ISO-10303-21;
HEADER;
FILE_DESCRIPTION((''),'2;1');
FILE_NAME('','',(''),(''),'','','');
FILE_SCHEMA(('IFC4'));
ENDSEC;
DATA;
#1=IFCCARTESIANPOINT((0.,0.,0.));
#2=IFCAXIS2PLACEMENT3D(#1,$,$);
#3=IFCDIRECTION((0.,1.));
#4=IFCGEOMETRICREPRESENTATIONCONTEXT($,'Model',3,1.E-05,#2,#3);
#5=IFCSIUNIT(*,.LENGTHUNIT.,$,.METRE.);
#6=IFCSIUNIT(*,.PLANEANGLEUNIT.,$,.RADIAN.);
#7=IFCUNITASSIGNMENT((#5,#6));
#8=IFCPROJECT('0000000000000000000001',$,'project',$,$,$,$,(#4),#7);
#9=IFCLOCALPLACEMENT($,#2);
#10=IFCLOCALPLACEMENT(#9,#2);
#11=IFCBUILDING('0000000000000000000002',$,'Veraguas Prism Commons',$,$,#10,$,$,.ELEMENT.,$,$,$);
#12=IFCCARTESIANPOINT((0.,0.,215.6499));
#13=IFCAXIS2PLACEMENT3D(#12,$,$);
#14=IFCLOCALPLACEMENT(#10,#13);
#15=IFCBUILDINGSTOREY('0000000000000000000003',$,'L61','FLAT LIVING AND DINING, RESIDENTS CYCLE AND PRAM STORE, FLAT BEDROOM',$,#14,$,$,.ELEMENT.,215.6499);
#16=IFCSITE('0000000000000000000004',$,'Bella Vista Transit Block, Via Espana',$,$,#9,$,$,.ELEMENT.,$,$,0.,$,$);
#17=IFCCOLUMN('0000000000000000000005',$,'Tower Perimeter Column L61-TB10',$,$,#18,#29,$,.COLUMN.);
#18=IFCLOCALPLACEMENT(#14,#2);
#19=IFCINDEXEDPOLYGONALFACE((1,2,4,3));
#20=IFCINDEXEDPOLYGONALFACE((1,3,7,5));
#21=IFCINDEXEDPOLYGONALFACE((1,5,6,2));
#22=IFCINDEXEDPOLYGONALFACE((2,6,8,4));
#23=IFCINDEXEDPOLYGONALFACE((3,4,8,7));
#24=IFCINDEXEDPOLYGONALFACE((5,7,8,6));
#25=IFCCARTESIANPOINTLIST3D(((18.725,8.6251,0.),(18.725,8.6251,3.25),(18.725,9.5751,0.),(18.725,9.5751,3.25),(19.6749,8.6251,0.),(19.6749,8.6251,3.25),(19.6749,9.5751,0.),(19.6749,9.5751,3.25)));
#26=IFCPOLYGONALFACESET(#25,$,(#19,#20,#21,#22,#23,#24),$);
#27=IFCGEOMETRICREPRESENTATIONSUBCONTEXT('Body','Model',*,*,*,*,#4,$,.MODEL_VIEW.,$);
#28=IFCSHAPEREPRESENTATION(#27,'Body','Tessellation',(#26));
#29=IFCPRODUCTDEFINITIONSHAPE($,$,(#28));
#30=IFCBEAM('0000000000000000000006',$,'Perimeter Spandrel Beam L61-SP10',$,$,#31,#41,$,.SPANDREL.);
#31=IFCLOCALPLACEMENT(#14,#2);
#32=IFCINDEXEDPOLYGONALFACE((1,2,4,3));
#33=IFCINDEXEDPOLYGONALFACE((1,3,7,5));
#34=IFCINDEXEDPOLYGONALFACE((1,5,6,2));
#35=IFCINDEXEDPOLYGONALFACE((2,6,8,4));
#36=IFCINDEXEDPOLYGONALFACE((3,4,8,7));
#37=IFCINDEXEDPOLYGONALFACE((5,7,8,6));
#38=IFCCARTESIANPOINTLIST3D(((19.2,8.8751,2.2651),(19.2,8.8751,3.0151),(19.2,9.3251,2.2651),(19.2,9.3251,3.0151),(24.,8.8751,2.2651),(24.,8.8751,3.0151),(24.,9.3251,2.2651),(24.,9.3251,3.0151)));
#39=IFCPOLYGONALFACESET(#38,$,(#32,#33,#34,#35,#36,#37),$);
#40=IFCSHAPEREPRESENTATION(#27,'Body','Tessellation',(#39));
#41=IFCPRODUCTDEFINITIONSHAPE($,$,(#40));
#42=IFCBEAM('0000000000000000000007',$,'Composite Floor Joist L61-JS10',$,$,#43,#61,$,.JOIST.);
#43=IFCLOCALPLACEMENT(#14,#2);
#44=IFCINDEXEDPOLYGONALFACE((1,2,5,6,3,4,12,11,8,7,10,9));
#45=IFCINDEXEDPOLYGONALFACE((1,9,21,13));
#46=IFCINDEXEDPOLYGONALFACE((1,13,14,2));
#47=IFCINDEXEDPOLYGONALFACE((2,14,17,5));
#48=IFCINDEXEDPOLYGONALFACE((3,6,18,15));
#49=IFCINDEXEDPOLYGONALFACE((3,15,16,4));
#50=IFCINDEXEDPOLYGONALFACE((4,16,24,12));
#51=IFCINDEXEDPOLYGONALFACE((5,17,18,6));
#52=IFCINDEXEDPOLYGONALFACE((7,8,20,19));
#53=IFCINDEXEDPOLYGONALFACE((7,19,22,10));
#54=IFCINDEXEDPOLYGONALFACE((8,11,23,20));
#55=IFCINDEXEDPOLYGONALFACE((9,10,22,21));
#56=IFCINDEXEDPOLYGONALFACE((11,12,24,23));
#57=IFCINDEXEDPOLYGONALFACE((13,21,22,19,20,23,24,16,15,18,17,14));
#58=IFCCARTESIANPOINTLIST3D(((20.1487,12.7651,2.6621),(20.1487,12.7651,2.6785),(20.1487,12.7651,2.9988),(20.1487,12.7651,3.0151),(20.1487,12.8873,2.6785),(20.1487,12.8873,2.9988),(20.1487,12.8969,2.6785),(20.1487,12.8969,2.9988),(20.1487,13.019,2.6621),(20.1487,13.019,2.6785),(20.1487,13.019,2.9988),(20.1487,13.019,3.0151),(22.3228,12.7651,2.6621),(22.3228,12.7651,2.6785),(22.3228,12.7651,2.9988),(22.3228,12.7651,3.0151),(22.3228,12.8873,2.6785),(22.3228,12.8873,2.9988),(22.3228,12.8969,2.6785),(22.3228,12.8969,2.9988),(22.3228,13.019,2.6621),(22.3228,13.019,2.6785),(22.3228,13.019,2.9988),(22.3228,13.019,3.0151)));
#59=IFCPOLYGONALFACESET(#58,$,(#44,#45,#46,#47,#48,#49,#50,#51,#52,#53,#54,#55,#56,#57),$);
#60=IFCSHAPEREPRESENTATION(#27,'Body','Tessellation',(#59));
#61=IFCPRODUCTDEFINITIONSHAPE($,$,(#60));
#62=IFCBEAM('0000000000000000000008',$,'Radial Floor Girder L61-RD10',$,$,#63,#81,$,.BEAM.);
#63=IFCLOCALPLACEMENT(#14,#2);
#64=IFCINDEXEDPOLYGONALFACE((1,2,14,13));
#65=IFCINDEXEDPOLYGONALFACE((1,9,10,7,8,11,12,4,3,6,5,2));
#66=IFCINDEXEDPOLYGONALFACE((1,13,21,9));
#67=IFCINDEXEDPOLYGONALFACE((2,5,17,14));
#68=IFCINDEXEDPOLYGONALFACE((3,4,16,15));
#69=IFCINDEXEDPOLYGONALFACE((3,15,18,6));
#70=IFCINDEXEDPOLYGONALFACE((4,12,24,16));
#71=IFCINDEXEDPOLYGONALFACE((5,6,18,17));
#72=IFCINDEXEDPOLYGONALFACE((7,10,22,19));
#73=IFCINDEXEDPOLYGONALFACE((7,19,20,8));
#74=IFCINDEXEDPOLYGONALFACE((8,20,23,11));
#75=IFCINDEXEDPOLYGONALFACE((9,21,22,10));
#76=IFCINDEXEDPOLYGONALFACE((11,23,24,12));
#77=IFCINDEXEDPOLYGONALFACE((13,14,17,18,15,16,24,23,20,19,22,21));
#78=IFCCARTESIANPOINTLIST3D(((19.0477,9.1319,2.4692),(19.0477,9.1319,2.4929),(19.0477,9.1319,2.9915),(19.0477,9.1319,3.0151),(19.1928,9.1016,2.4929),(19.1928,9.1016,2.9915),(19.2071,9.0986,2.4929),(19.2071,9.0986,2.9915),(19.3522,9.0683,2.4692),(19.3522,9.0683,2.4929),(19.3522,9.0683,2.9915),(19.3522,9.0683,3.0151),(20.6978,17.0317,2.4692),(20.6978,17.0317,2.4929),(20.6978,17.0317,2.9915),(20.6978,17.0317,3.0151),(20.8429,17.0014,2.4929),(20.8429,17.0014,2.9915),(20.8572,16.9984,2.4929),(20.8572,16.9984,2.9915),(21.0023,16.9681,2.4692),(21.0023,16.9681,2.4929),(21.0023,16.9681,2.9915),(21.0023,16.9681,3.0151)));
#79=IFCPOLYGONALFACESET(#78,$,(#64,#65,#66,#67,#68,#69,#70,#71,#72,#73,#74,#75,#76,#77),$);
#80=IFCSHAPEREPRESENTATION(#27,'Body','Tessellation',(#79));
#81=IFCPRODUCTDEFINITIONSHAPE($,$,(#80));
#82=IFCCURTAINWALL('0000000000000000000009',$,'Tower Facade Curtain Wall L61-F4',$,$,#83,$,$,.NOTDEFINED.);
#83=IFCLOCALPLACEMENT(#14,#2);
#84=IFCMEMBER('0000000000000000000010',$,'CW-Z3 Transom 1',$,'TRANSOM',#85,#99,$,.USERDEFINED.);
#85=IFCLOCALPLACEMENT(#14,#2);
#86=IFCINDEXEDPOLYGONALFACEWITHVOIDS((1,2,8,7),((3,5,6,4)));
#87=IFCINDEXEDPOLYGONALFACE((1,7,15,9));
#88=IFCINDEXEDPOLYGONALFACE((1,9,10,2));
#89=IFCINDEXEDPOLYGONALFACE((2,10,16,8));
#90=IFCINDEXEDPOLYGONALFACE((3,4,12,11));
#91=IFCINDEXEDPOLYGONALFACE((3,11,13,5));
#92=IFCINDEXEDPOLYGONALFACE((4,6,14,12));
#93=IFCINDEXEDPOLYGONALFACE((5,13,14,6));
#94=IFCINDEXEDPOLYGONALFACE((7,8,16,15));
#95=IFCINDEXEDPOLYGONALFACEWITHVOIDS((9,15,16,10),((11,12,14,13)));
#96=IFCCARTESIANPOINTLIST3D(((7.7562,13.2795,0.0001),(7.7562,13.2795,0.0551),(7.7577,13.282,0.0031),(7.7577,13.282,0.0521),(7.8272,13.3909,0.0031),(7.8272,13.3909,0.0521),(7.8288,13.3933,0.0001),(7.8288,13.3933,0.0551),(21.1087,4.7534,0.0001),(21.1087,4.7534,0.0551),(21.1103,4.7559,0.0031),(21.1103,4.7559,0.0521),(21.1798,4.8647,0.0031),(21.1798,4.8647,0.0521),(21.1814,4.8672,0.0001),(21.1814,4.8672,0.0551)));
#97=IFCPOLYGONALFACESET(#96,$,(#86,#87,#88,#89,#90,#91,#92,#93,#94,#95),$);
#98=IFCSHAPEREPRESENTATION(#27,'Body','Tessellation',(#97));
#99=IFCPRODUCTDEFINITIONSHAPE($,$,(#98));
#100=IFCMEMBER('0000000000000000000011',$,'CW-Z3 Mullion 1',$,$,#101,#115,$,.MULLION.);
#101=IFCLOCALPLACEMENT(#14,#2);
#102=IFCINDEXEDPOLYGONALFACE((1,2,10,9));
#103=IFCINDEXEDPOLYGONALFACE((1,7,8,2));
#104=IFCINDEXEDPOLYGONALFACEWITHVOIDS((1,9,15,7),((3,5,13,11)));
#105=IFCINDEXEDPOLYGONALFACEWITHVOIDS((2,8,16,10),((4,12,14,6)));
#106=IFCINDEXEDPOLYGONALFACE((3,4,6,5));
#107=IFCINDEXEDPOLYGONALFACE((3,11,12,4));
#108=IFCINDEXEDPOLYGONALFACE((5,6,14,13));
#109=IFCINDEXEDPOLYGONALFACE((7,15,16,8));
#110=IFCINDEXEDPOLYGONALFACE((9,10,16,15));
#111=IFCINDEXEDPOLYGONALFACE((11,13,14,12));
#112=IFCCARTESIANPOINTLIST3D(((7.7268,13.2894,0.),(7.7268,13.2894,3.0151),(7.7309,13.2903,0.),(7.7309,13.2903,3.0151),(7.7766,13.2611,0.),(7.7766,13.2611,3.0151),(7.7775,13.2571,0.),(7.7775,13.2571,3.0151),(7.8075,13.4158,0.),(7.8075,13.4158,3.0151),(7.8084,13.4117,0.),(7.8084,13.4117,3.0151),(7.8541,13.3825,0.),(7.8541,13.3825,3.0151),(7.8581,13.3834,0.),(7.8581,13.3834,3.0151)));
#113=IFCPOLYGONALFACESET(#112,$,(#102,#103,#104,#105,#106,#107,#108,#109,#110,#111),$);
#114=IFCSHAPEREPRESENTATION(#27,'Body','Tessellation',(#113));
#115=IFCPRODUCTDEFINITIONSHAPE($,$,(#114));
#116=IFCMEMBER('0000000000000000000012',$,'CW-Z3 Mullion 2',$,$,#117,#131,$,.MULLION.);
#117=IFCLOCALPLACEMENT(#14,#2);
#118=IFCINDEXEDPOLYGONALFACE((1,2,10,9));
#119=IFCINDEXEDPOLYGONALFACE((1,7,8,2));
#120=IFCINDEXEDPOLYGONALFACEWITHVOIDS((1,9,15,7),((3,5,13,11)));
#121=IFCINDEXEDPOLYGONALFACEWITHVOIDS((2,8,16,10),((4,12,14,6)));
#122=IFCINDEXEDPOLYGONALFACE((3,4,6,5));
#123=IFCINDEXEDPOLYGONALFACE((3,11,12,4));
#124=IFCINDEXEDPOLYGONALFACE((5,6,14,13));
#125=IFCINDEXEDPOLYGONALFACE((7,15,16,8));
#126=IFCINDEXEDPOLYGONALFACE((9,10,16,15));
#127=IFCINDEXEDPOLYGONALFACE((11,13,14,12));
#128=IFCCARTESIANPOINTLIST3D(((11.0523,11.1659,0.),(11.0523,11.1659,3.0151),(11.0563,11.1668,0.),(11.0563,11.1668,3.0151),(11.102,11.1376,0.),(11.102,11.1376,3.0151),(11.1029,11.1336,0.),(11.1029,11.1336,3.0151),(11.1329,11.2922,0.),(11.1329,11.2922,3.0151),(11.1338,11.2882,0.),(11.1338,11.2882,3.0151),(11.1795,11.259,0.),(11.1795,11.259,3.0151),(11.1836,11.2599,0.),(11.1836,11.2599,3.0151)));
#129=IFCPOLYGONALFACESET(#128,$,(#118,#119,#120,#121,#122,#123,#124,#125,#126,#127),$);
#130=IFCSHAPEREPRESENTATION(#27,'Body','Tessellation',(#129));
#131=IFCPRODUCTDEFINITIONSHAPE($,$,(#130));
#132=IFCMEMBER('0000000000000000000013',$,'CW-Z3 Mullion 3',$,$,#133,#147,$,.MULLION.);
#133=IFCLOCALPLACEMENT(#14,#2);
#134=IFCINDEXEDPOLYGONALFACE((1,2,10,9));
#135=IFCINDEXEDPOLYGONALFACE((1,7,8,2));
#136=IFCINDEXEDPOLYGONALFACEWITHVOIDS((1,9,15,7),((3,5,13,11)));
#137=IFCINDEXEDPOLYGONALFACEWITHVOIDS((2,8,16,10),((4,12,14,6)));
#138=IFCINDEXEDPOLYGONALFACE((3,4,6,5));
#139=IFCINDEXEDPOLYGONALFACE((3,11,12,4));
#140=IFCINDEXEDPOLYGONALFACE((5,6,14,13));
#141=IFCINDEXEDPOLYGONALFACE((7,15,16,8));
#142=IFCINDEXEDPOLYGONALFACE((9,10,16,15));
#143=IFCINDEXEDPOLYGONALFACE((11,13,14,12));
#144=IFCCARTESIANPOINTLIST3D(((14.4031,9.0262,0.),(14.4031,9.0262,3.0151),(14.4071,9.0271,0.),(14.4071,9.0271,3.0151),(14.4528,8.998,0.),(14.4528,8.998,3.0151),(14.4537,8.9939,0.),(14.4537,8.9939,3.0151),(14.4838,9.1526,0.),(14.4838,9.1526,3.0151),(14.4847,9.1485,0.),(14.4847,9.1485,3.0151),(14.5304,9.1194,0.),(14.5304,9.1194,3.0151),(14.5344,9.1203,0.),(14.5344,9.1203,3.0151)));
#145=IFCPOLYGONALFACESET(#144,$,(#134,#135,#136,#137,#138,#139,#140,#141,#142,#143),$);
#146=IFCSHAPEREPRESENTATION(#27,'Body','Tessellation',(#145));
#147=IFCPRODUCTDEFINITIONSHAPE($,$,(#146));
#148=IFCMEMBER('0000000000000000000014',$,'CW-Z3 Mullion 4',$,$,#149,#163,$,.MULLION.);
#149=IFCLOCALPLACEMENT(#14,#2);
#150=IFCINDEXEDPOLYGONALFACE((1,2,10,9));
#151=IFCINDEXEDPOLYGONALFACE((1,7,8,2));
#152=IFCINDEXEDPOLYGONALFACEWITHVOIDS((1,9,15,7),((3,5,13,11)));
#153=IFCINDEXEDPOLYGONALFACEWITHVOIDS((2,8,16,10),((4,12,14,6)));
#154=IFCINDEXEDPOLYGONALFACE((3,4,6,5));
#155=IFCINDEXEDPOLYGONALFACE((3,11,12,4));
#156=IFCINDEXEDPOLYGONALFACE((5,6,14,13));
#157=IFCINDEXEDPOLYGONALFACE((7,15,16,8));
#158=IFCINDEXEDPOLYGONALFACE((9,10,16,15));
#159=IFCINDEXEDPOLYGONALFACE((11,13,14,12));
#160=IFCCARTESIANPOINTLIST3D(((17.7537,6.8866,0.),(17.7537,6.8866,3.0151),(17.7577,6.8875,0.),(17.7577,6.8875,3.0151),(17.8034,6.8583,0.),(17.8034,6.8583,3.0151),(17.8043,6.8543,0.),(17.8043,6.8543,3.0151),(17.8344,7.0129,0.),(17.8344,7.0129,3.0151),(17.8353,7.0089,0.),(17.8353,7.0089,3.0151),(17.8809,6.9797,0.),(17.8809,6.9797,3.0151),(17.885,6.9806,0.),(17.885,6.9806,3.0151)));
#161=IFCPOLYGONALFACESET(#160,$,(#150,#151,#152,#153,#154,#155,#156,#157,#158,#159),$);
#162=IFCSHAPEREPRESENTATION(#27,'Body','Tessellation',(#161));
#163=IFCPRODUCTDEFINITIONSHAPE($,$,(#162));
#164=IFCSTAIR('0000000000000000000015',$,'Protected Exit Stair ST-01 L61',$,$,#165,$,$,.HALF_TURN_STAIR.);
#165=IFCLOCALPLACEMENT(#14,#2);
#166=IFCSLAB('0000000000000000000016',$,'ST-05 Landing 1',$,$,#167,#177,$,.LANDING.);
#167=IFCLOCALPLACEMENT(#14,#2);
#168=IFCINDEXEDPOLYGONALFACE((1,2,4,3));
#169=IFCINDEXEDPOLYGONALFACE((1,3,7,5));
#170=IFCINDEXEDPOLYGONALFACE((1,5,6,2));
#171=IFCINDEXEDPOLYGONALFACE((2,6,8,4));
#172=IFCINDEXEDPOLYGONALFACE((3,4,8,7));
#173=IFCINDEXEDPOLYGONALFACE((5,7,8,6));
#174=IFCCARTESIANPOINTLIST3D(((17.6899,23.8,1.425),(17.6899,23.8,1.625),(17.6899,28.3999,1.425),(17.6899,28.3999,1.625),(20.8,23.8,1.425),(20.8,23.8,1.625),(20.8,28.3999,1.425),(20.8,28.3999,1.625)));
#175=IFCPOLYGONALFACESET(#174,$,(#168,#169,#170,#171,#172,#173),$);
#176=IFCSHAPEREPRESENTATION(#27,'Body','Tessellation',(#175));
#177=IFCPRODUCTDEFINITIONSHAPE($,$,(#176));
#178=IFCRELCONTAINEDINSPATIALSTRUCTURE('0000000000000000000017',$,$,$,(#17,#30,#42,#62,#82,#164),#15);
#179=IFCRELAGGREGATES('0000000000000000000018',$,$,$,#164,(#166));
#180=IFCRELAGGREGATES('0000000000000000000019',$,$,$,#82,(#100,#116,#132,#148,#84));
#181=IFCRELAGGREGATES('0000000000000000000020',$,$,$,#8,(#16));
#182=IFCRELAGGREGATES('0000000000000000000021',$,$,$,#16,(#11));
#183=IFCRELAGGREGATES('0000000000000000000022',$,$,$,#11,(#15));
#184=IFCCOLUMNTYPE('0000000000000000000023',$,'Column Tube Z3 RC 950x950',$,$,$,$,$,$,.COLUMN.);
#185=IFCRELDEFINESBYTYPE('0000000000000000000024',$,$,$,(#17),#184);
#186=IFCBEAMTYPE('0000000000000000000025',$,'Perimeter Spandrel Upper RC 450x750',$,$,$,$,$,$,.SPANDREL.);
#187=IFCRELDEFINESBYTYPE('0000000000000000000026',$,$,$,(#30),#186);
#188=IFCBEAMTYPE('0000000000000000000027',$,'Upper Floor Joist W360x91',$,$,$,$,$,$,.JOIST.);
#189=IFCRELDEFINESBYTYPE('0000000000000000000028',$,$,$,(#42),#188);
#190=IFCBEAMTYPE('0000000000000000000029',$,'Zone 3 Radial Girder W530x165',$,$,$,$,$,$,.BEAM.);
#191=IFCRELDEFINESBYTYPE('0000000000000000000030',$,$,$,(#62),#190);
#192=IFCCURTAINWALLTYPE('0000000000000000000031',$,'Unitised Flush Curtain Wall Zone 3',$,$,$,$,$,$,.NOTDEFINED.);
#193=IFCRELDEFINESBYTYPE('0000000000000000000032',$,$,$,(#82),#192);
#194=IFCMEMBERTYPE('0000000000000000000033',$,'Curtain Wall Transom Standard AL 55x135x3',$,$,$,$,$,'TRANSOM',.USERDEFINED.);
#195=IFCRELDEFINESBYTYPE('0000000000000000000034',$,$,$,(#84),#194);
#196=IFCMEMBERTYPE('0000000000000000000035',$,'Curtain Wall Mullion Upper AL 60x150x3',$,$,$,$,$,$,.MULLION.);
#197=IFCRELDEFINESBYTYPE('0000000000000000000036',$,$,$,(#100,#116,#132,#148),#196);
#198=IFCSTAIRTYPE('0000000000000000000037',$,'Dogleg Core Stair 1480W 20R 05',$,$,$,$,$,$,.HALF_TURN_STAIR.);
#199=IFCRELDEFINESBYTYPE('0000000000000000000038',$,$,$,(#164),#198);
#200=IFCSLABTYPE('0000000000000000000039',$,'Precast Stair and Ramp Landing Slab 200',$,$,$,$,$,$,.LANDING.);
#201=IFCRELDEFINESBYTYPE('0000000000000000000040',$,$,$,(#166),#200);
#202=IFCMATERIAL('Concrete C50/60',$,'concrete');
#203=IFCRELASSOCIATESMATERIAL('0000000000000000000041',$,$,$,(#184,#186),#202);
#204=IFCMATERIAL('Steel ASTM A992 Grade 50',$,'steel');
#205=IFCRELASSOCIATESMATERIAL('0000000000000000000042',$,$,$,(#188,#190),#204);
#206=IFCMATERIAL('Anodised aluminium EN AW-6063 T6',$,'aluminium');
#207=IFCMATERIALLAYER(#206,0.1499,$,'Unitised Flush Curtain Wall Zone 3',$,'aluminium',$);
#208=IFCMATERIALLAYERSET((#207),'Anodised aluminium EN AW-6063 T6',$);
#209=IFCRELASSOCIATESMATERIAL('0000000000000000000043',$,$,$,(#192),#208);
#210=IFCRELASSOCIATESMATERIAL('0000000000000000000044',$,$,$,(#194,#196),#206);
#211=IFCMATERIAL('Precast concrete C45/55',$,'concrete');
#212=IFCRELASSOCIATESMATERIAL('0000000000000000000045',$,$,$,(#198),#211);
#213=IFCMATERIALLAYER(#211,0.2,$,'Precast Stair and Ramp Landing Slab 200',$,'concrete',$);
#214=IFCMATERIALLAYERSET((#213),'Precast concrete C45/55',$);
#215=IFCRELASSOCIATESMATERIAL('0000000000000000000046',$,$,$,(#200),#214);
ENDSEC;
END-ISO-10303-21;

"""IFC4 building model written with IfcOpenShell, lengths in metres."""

from ifc_helpers import new_model, si_unit, direction, frame, origin, origin_2d, place, context, subcontext, project, spatial, polyline, rectangle, hollow_rectangle, i_section, outline, extrude, source, transform, mapped, material, layer, layer_set, material_profile, profile_set, type_object, element, aggregate, save


model = new_model("IFC4")

# Units and contexts
model_context = context("Model", 3, precision=1e-05, world=origin(), true_north=direction((0.0, 1.0)))
body_context = subcontext(model_context, "Body", "Model", "MODEL_VIEW")
ifc_project = project(units=[si_unit("LENGTHUNIT", "METRE"), si_unit("PLANEANGLEUNIT", "RADIAN")], contexts=[model_context])

# Site, building, storey
site_placement = place(None, origin())
site = spatial("IfcSite", under=ifc_project, at=site_placement, Name="Bella Vista Transit Block, Via Espana", CompositionType="ELEMENT", RefElevation=0.0)
building_placement = place(site_placement, origin())
building = spatial("IfcBuilding", under=site, at=building_placement, Name="Veraguas Prism Commons", CompositionType="ELEMENT")
storey_placement = place(building_placement, frame((0.0, 0.0, 215.6499)))
storey = spatial("IfcBuildingStorey", under=building, at=storey_placement, Name="L61", Description="FLAT LIVING AND DINING, RESIDENTS CYCLE AND PRAM STORE, FLAT BEDROOM", CompositionType="ELEMENT", Elevation=215.6499)

# Column
ifc_material_1 = material(Name="Concrete C50/60", Category="concrete")
ifc_material_profile_1 = material_profile(ifc_material_1, rectangle(XDim=0.95, YDim=0.95, at=origin_2d()), Name="RC950X950")
ifc_profile_set_1 = profile_set([ifc_material_profile_1], Name="Concrete C50/60")
column_type = type_object("IfcColumnType", Name="Column Tube Z3 RC 950x950", PredefinedType="COLUMN", material=ifc_profile_set_1)
column_placement = place(storey_placement, frame((19.2, 9.1001, 0.0), z_axis=(0.0, 0.0, 1.0), x_axis=(1.0, 0.0, 0.0)))
element("IfcColumn", 1, at=column_placement, inside=storey, type_object=column_type, Name="Tower Perimeter Column L61-TB10", PredefinedType="COLUMN", context=body_context, shape_type="SweptSolid", body=[
    extrude(rectangle(XDim=0.95, YDim=0.95, at=origin_2d()), origin(), (0.0, 0.0, 1.0), 3.25),
])

# Beams
ifc_material_profile_2 = material_profile(ifc_material_1, rectangle(XDim=0.45, YDim=0.75, at=origin_2d()), Name="RC450X750")
ifc_profile_set_2 = profile_set([ifc_material_profile_2], Name="Concrete C50/60")
beam_type_1 = type_object("IfcBeamType", Name="Perimeter Spandrel Upper RC 450x750", PredefinedType="SPANDREL", material=ifc_profile_set_2)
beam_1_placement = place(storey_placement, frame((19.2, 9.1001, 2.6401), z_axis=(1.0, 0.0, 0.0), x_axis=(0.0, 1.0, 0.0)))
element("IfcBeam", 2, at=beam_1_placement, inside=storey, type_object=beam_type_1, Name="Perimeter Spandrel Beam L61-SP10", PredefinedType="SPANDREL", context=body_context, shape_type="SweptSolid", body=[
    extrude(rectangle(XDim=0.45, YDim=0.75, at=origin_2d()), origin(), (0.0, 0.0, 1.0), 4.8),
])
ifc_material_2 = material(Name="Steel ASTM A992 Grade 50", Category="steel")
ifc_material_profile_3 = material_profile(ifc_material_2, i_section(OverallWidth=0.2539, OverallDepth=0.353, WebThickness=0.0095, FlangeThickness=0.0164, at=origin_2d()), Name="W360X91")
ifc_profile_set_3 = profile_set([ifc_material_profile_3], Name="Steel ASTM A992 Grade 50")
beam_type_2 = type_object("IfcBeamType", Name="Upper Floor Joist W360x91", PredefinedType="JOIST", material=ifc_profile_set_3)
beam_2_placement = place(storey_placement, frame((20.1487, 12.8921, 2.8386), z_axis=(1.0, 0.0, 0.0), x_axis=(0.0, 1.0, 0.0)))
element("IfcBeam", 3, at=beam_2_placement, inside=storey, type_object=beam_type_2, Name="Composite Floor Joist L61-JS10", PredefinedType="JOIST", context=body_context, shape_type="SweptSolid", body=[
    extrude(i_section(OverallWidth=0.2539, OverallDepth=0.353, WebThickness=0.0095, FlangeThickness=0.0164, at=origin_2d()), origin(), (0.0, 0.0, 1.0), 2.1741),
])
ifc_material_profile_4 = material_profile(ifc_material_2, i_section(OverallWidth=0.311, OverallDepth=0.5459, WebThickness=0.0146, FlangeThickness=0.0237, at=origin_2d()), Name="W530X165")
ifc_profile_set_4 = profile_set([ifc_material_profile_4], Name="Steel ASTM A992 Grade 50")
beam_type_3 = type_object("IfcBeamType", Name="Zone 3 Radial Girder W530x165", PredefinedType="BEAM", material=ifc_profile_set_4)
beam_3_placement = place(storey_placement, frame((19.2, 9.1001, 2.7422), z_axis=(0.204469, 0.978873, 0.0), x_axis=(-0.978873, 0.204469, 0.0)))
element("IfcBeam", 4, at=beam_3_placement, inside=storey, type_object=beam_type_3, Name="Radial Floor Girder L61-RD10", PredefinedType="BEAM", context=body_context, shape_type="SweptSolid", body=[
    extrude(i_section(OverallWidth=0.311, OverallDepth=0.5459, WebThickness=0.0146, FlangeThickness=0.0237, at=origin_2d()), origin(), (0.0, 0.0, 1.0), 8.0703),
])

# Curtain wall, members
ifc_material_3 = material(Name="Anodised aluminium EN AW-6063 T6", Category="aluminium")
ifc_layer_1 = layer(ifc_material_3, 0.1499, Name="Unitised Flush Curtain Wall Zone 3", Category="aluminium")
ifc_layer_set_1 = layer_set([ifc_layer_1], Name="Anodised aluminium EN AW-6063 T6")
curtain_wall_type = type_object("IfcCurtainWallType", Name="Unitised Flush Curtain Wall Zone 3", PredefinedType="NOTDEFINED", material=ifc_layer_set_1)
curtain_wall_placement = place(storey_placement, origin())
curtain_wall = element("IfcCurtainWall", 5, at=curtain_wall_placement, inside=storey, type_object=curtain_wall_type, Name="Tower Facade Curtain Wall L61-F4", PredefinedType="NOTDEFINED")
ifc_material_profile_5 = material_profile(ifc_material_3, hollow_rectangle(XDim=0.0549, YDim=0.135, WallThickness=0.0029, at=origin_2d()), Name="AL55X135X3")
ifc_profile_set_5 = profile_set([ifc_material_profile_5], Name="Anodised aluminium EN AW-6063 T6")
member_type_1 = type_object("IfcMemberType", Name="Curtain Wall Transom Standard AL 55x135x3", ElementType="TRANSOM", PredefinedType="USERDEFINED", material=ifc_profile_set_5)
shared_shape_1 = source(origin(), body_context, "Body", "SweptSolid", [
    extrude(hollow_rectangle(XDim=0.0549, YDim=0.135, WallThickness=0.0029, at=origin_2d()), origin(), (0.0, 0.0, 1.0), 15.8425),
])
member_1_placement = place(storey_placement, frame((7.7925, 13.3364, 0.0276), z_axis=(0.84283, -0.53818, 0.0), x_axis=(0.0, 0.0, 1.0)))
member_1 = element("IfcMember", 6, at=member_1_placement, type_object=member_type_1, Name="CW-Z3 Transom 1", ObjectType="TRANSOM", PredefinedType="USERDEFINED", context=body_context, shape_type="MappedRepresentation", body=[
    mapped(shared_shape_1, transform((0.0, 0.0, 0.0), scale=1.0)),
])
ifc_material_profile_6 = material_profile(ifc_material_3, hollow_rectangle(XDim=0.0601, YDim=0.1499, WallThickness=0.0029, at=origin_2d()), Name="AL60X150X3")
ifc_profile_set_6 = profile_set([ifc_material_profile_6], Name="Anodised aluminium EN AW-6063 T6")
member_type_2 = type_object("IfcMemberType", Name="Curtain Wall Mullion Upper AL 60x150x3", PredefinedType="MULLION", material=ifc_profile_set_6)
shared_shape_2 = source(origin(), body_context, "Body", "SweptSolid", [
    extrude(hollow_rectangle(XDim=0.0601, YDim=0.1499, WallThickness=0.0029, at=origin_2d()), origin(), (0.0, 0.0, 1.0), 3.0151),
])
member_2_placement = place(storey_placement, frame((7.7925, 13.3364, 0.0), z_axis=(0.0, 0.0, 1.0), x_axis=(0.842828, -0.538183, 0.0)))
member_2 = element("IfcMember", 7, at=member_2_placement, type_object=member_type_2, Name="CW-Z3 Mullion 1", PredefinedType="MULLION", context=body_context, shape_type="MappedRepresentation", body=[
    mapped(shared_shape_2, transform((0.0, 0.0, 0.0), scale=1.0)),
])
member_3_placement = place(storey_placement, frame((11.1179, 11.2129, 0.0), z_axis=(0.0, 0.0, 1.0), x_axis=(0.842828, -0.538183, 0.0)))
member_3 = element("IfcMember", 8, at=member_3_placement, type_object=member_type_2, Name="CW-Z3 Mullion 2", PredefinedType="MULLION", context=body_context, shape_type="MappedRepresentation", body=[
    mapped(shared_shape_2, transform((0.0, 0.0, 0.0), scale=1.0)),
])
member_4_placement = place(storey_placement, frame((14.4688, 9.0732, 0.0), z_axis=(0.0, 0.0, 1.0), x_axis=(0.842828, -0.538183, 0.0)))
member_4 = element("IfcMember", 9, at=member_4_placement, type_object=member_type_2, Name="CW-Z3 Mullion 3", PredefinedType="MULLION", context=body_context, shape_type="MappedRepresentation", body=[
    mapped(shared_shape_2, transform((0.0, 0.0, 0.0), scale=1.0)),
])
member_5_placement = place(storey_placement, frame((17.8193, 6.9336, 0.0), z_axis=(0.0, 0.0, 1.0), x_axis=(0.842828, -0.538183, 0.0)))
member_5 = element("IfcMember", 10, at=member_5_placement, type_object=member_type_2, Name="CW-Z3 Mullion 4", PredefinedType="MULLION", context=body_context, shape_type="MappedRepresentation", body=[
    mapped(shared_shape_2, transform((0.0, 0.0, 0.0), scale=1.0)),
])

# Stair, slab
ifc_material_4 = material(Name="Precast concrete C45/55", Category="concrete")
stair_type = type_object("IfcStairType", Name="Dogleg Core Stair 1480W 20R 05", PredefinedType="HALF_TURN_STAIR", material=ifc_material_4)
stair_1_placement = place(storey_placement, origin())
stair_1 = element("IfcStair", 11, at=stair_1_placement, inside=storey, type_object=stair_type, Name="Protected Exit Stair ST-01 L61", PredefinedType="HALF_TURN_STAIR")
ifc_layer_2 = layer(ifc_material_4, 0.2, Name="Precast Stair and Ramp Landing Slab 200", Category="concrete")
ifc_layer_set_2 = layer_set([ifc_layer_2], Name="Precast concrete C45/55")
slab_type_1 = type_object("IfcSlabType", Name="Precast Stair and Ramp Landing Slab 200", PredefinedType="LANDING", material=ifc_layer_set_2)
slab_1_placement = place(storey_placement, frame((0.0, 0.0, 1.425)))
slab_1 = element("IfcSlab", 12, at=slab_1_placement, type_object=slab_type_1, Name="ST-05 Landing 1", PredefinedType="LANDING", context=body_context, shape_type="SweptSolid", body=[
    extrude(outline(polyline([(20.8, 23.8), (20.8, 28.3999), (17.6899, 28.3999), (17.6899, 23.8), (20.8, 23.8)])), origin(), (0.0, 0.0, 1.0), 0.2),
])
aggregate(stair_1, [slab_1])

aggregate(curtain_wall, [member_2, member_3, member_4, member_5, member_1])

save(model, "model.ifc")
